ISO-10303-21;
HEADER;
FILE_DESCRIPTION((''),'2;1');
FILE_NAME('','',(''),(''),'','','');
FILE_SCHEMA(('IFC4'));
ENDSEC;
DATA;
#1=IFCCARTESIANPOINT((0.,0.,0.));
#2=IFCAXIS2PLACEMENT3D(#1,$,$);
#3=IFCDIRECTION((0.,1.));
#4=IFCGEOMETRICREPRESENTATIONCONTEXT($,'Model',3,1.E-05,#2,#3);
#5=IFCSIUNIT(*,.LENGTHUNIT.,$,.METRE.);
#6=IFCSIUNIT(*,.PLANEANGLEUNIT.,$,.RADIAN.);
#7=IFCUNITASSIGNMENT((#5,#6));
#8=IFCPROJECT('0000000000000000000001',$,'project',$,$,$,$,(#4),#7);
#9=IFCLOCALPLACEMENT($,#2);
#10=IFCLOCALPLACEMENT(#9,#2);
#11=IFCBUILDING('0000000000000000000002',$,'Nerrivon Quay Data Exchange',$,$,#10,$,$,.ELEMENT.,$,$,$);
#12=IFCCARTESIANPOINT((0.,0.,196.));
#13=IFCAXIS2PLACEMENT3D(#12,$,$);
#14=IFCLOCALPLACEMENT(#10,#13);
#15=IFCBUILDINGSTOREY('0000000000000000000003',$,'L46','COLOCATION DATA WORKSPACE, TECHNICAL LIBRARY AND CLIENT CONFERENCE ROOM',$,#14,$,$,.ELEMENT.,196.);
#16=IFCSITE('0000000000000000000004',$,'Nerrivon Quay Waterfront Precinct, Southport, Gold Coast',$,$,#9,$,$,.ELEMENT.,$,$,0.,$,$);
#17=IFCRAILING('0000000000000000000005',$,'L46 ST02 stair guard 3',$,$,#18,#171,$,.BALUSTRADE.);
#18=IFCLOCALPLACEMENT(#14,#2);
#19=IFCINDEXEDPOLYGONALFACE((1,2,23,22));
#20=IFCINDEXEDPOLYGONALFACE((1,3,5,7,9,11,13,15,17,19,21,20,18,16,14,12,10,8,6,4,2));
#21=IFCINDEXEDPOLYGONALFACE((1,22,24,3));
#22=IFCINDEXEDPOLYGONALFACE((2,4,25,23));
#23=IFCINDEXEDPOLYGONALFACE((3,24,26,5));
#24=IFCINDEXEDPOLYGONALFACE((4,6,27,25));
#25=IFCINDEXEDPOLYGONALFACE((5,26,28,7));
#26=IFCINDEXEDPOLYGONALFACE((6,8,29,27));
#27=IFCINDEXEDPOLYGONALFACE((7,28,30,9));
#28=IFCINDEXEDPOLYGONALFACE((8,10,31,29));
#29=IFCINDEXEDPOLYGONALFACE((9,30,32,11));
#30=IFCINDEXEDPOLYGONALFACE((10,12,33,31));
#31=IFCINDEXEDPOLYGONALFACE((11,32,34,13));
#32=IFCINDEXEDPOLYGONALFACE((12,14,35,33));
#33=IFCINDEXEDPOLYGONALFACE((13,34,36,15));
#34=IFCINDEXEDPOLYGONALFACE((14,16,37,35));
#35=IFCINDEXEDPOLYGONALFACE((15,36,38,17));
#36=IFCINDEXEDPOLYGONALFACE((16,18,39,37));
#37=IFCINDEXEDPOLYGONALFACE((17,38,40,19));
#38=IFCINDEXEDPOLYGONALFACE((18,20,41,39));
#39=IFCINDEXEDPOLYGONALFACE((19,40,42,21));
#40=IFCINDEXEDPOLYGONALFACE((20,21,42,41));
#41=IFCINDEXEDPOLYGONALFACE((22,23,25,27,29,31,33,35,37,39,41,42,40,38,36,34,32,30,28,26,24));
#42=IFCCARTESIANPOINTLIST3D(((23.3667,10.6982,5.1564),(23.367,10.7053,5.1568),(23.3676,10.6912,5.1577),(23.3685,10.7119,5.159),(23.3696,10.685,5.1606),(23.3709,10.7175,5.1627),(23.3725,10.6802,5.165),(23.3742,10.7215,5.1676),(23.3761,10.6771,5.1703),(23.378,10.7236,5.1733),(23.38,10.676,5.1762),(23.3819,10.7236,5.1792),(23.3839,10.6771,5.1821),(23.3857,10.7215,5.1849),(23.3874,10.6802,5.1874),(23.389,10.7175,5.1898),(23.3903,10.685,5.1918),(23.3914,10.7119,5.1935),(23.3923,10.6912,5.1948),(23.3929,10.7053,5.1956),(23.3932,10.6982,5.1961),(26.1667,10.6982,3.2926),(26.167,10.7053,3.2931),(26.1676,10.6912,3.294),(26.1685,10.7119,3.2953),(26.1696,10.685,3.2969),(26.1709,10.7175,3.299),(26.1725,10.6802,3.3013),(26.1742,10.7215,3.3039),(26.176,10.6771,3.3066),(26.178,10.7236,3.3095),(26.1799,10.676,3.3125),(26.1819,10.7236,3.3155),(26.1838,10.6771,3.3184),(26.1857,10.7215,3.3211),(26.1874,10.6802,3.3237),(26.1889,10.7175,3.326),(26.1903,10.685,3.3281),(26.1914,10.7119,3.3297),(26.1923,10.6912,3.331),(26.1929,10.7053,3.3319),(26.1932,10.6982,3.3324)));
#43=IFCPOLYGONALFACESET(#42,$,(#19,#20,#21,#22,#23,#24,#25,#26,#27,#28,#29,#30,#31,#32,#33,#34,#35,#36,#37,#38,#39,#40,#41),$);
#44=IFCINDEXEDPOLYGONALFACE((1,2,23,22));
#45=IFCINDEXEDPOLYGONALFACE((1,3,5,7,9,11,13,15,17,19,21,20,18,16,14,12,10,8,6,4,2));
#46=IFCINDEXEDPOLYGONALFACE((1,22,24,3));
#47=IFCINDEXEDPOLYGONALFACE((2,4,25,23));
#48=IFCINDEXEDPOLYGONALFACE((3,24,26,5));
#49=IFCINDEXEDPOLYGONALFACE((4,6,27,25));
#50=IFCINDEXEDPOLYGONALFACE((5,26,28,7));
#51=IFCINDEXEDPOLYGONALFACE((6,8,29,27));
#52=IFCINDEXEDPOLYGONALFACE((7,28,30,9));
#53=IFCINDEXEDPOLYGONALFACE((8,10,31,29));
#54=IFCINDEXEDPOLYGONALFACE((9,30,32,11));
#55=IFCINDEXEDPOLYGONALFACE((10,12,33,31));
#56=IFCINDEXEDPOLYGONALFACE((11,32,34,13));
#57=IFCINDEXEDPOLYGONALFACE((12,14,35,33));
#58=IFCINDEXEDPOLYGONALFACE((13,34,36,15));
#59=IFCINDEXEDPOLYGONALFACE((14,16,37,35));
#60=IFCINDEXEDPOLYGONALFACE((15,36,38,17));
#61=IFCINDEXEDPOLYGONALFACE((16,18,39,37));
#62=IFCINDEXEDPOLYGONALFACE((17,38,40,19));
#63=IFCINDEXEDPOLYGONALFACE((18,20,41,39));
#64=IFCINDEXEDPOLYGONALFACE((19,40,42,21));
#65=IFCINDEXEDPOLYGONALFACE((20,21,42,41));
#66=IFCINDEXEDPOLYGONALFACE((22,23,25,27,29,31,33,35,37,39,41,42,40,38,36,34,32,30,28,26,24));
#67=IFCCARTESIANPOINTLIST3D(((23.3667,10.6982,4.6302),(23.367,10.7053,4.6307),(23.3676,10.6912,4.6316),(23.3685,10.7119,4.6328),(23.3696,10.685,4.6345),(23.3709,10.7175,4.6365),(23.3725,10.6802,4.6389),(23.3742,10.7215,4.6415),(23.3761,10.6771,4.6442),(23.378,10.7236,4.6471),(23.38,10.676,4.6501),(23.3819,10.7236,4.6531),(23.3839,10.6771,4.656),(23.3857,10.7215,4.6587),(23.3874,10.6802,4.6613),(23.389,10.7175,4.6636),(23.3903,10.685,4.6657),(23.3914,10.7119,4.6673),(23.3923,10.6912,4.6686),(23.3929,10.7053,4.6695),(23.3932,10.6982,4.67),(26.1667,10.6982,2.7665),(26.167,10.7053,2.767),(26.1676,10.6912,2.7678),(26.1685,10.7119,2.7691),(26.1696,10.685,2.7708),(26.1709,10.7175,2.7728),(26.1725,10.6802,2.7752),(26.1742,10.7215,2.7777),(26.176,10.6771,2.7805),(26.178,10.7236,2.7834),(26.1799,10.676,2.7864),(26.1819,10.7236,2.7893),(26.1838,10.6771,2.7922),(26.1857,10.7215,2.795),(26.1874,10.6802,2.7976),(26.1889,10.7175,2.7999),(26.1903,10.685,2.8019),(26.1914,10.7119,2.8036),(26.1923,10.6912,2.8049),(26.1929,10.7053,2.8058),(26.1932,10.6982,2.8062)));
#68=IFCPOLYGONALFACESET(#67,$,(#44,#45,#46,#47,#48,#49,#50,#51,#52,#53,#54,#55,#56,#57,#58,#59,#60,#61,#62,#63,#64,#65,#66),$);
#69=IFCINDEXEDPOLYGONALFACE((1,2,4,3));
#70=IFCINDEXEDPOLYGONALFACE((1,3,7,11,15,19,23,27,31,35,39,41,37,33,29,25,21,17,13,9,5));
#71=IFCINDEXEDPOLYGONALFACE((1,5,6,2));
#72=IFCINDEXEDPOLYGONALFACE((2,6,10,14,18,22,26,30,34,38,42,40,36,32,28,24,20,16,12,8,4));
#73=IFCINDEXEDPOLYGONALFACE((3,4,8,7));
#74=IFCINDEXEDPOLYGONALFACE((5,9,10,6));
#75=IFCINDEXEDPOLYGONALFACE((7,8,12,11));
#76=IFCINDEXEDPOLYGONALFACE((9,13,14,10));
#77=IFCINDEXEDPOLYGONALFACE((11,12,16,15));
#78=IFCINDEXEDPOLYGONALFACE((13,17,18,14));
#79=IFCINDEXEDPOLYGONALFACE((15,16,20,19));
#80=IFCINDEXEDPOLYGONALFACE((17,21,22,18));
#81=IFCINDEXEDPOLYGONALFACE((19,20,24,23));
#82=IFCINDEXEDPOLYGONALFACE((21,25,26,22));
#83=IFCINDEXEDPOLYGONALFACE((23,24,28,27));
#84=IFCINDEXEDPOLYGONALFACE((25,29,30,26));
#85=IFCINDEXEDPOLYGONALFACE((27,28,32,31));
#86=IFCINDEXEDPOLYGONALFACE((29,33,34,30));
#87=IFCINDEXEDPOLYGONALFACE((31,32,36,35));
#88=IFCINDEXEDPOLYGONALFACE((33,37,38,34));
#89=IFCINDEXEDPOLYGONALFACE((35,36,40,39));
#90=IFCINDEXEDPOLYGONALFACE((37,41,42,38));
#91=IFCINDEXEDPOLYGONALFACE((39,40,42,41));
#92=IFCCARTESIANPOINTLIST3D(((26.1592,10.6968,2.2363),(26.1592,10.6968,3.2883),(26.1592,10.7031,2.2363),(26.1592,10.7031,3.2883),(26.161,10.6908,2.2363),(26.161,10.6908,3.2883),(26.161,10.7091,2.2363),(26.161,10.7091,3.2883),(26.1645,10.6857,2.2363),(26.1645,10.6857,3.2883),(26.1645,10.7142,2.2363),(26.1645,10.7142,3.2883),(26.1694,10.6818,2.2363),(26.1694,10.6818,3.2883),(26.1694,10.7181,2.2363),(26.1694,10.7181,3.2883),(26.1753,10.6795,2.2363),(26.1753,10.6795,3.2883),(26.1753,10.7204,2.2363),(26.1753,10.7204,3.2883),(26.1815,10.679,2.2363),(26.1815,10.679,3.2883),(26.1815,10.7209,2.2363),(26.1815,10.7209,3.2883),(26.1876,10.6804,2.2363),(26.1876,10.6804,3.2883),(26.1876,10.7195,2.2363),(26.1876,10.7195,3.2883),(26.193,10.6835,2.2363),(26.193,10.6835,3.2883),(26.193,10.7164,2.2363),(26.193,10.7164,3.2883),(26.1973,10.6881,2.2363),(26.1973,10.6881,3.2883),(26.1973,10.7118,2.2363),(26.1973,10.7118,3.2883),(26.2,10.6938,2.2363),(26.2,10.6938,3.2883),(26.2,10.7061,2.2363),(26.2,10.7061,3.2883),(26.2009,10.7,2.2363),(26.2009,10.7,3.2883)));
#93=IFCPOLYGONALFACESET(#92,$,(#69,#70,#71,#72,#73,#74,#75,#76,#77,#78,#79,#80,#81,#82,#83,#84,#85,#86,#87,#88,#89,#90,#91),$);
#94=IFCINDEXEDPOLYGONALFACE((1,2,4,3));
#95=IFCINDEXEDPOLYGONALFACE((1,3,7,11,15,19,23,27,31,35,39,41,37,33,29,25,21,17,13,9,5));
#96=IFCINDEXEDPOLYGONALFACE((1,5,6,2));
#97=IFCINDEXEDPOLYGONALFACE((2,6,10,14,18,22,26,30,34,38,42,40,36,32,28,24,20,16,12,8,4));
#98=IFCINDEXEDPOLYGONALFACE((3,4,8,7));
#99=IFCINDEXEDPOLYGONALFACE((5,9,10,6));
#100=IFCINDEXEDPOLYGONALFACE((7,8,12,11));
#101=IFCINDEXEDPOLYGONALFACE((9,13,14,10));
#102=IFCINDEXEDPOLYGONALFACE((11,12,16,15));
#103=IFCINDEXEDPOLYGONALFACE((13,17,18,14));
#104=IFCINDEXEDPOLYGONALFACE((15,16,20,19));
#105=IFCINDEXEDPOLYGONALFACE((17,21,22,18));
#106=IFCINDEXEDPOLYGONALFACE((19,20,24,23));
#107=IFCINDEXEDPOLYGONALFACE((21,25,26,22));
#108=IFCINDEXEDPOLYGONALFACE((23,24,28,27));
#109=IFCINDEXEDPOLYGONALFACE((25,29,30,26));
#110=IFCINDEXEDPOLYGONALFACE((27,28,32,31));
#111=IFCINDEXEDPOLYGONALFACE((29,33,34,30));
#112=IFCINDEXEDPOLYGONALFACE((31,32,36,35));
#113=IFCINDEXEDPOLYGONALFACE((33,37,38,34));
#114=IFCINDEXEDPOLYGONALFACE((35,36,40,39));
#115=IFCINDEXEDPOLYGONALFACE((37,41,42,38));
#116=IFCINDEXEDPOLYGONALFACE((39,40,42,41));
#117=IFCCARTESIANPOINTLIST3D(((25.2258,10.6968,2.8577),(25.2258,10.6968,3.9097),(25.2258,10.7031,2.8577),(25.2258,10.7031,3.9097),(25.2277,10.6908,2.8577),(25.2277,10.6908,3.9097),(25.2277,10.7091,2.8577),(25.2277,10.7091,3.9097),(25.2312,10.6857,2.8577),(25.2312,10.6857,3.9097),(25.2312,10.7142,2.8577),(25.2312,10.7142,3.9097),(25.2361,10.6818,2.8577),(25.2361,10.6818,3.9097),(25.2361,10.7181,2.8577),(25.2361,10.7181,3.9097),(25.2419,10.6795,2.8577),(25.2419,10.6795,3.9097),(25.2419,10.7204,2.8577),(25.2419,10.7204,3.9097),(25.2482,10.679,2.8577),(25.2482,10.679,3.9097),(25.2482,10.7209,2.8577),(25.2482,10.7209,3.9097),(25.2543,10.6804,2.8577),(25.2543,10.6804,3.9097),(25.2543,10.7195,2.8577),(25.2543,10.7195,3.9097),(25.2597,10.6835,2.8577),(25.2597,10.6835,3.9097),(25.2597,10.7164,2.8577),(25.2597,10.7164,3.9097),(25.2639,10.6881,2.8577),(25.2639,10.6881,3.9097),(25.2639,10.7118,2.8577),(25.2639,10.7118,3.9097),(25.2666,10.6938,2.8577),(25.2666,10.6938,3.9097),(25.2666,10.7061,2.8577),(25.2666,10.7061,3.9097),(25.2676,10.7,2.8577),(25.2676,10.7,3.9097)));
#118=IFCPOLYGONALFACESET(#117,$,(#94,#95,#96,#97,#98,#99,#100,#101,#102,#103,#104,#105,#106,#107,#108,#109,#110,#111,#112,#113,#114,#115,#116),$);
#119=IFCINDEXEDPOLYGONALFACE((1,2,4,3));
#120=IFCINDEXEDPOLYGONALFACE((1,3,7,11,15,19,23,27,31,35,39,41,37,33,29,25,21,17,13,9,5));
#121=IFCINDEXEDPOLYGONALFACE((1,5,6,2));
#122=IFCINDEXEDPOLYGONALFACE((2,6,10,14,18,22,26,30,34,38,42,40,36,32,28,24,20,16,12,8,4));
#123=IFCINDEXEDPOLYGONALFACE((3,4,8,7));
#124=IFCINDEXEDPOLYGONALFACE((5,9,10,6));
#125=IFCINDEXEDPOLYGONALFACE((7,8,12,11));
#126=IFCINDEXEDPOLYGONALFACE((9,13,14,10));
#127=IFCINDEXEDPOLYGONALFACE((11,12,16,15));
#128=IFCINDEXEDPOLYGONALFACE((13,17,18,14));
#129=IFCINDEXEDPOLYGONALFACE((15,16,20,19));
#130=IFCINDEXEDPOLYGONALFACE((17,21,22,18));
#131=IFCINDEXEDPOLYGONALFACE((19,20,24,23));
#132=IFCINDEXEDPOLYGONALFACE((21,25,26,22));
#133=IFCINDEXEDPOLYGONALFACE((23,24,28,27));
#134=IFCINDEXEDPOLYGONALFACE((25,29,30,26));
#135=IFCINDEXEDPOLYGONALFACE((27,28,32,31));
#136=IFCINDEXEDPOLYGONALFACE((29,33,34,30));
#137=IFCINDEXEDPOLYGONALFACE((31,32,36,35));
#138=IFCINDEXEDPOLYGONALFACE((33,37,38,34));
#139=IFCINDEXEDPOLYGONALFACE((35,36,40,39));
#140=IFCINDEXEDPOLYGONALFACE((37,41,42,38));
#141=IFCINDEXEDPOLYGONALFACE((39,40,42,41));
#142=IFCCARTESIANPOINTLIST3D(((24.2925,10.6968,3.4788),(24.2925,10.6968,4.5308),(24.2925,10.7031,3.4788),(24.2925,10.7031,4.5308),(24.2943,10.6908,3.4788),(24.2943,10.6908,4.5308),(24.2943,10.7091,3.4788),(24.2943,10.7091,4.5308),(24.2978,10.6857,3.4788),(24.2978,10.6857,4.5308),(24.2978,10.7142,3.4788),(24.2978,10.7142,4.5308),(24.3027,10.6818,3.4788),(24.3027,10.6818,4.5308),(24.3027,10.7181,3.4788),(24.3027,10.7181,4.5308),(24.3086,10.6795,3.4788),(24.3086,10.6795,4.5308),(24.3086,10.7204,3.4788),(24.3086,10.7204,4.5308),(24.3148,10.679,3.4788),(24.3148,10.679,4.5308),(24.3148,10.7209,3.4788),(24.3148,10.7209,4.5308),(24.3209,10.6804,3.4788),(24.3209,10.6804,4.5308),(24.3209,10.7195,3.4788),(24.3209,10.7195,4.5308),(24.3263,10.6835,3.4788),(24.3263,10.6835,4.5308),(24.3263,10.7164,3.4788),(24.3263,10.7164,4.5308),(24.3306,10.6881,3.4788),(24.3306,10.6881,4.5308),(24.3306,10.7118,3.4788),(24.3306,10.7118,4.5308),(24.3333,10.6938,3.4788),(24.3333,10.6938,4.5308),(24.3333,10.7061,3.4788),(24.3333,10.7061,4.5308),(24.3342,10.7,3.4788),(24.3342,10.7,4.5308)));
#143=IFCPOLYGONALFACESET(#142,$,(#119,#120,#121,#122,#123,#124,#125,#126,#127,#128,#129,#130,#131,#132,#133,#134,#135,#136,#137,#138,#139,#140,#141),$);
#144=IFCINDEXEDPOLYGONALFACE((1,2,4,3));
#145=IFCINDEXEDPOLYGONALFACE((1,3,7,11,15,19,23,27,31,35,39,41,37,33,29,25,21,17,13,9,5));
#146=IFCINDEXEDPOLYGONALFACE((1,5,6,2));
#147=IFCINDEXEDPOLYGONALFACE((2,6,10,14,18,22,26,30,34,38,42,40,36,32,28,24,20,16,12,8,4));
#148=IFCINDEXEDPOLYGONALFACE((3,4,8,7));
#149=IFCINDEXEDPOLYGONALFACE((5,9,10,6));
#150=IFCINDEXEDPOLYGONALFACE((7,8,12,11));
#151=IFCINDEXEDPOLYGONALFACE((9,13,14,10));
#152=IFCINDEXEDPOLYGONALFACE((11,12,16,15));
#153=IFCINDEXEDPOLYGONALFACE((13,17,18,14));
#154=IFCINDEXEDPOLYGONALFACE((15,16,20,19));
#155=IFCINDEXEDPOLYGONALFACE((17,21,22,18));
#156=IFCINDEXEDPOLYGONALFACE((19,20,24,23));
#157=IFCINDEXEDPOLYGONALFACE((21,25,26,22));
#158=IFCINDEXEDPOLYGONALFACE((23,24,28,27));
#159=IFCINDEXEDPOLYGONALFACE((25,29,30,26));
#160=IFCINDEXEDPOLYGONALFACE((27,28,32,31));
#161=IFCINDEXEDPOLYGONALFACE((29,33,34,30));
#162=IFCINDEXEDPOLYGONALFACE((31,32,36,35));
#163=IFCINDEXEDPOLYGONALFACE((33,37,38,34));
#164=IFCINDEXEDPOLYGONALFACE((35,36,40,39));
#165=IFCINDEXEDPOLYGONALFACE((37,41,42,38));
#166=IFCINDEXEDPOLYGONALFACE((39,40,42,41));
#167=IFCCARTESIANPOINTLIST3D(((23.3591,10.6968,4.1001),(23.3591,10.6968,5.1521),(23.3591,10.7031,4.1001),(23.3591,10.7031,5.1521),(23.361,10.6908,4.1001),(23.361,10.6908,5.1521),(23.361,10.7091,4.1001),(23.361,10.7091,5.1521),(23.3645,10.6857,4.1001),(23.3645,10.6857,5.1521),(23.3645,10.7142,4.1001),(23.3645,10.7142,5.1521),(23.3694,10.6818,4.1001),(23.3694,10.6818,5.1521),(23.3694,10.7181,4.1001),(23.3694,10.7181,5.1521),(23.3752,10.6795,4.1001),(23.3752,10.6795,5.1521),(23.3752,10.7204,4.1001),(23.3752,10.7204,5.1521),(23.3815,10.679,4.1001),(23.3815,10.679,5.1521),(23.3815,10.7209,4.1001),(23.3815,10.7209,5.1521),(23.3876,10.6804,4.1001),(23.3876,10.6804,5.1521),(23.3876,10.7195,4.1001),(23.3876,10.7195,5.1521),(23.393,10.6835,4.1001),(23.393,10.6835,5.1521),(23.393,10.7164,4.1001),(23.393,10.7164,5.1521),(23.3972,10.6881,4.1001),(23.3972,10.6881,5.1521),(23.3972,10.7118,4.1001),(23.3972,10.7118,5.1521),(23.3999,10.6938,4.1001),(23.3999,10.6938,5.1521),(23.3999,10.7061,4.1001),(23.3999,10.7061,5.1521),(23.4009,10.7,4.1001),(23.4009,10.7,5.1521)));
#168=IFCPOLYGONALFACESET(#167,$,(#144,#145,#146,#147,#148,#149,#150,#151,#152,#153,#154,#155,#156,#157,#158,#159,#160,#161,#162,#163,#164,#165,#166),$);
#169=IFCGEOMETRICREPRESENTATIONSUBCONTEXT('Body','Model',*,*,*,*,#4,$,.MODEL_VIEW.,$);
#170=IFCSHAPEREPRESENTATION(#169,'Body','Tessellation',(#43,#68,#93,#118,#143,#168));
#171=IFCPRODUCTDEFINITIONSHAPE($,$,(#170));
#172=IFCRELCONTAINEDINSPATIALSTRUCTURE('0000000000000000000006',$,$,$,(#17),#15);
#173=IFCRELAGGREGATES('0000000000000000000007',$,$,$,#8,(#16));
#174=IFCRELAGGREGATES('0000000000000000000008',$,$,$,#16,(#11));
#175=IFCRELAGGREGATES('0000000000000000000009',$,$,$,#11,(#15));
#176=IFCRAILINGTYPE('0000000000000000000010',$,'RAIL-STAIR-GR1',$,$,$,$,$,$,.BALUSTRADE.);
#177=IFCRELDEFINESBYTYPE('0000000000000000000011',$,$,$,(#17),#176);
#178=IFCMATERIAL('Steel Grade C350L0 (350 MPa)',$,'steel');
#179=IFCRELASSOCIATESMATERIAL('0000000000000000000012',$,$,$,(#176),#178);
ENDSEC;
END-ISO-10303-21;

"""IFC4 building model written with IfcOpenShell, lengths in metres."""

from ifc_helpers import new_model, si_unit, direction, frame, origin, origin_2d, place, context, subcontext, project, spatial, circle, extrude, material, type_object, element, save


model = new_model("IFC4")

# Units and contexts
model_context = context("Model", 3, precision=1e-05, world=origin(), true_north=direction((0.0, 1.0)))
body_context = subcontext(model_context, "Body", "Model", "MODEL_VIEW")
ifc_project = project(units=[si_unit("LENGTHUNIT", "METRE"), si_unit("PLANEANGLEUNIT", "RADIAN")], contexts=[model_context])

# Site, building, storey
site_placement = place(None, origin())
site = spatial("IfcSite", under=ifc_project, at=site_placement, Name="Nerrivon Quay Waterfront Precinct, Southport, Gold Coast", CompositionType="ELEMENT", RefElevation=0.0)
building_placement = place(site_placement, origin())
building = spatial("IfcBuilding", under=site, at=building_placement, Name="Nerrivon Quay Data Exchange", CompositionType="ELEMENT")
storey_placement = place(building_placement, frame((0.0, 0.0, 196.0)))
storey = spatial("IfcBuildingStorey", under=building, at=storey_placement, Name="L46", Description="COLOCATION DATA WORKSPACE, TECHNICAL LIBRARY AND CLIENT CONFERENCE ROOM", CompositionType="ELEMENT", Elevation=196.0)

# Shared definitions
ifc_material_1 = material(Name="Steel Grade C350L0 (350 MPa)", Category="steel")

# Railing
railing_type_1 = type_object("IfcRailingType", Name="RAIL-STAIR-GR1", PredefinedType="BALUSTRADE", material=ifc_material_1)
railing_1_placement = place(storey_placement, frame((26.1799, 10.7, 2.2363)))
element("IfcRailing", 1, at=railing_1_placement, inside=storey, type_object=railing_type_1, Name="L46 ST02 stair guard 3", PredefinedType="BALUSTRADE", context=body_context, shape_type="SweptSolid", body=[
    extrude(circle(Radius=0.0239, at=origin_2d()), frame((0.0, 0.0, 1.0762), z_axis=(-0.832452, 0.0, 0.554097), x_axis=(0.0, -1.0, 0.0)), (0.0, 0.0, 1.0), 3.3635),
    extrude(circle(Radius=0.0239, at=origin_2d()), frame((0.0, 0.0, 0.55), z_axis=(-0.832452, 0.0, 0.554097), x_axis=(0.0, -1.0, 0.0)), (0.0, 0.0, 1.0), 3.3635),
    extrude(circle(Radius=0.021, at=origin_2d()), origin(), (0.0, 0.0, 1.0), 1.052),
    extrude(circle(Radius=0.021, at=origin_2d()), frame((-0.9333, 0.0, 0.6213)), (0.0, 0.0, 1.0), 1.052),
    extrude(circle(Radius=0.021, at=origin_2d()), frame((-1.8667, 0.0, 1.2424)), (0.0, 0.0, 1.0), 1.052),
    extrude(circle(Radius=0.021, at=origin_2d()), frame((-2.8, 0.0, 1.8638)), (0.0, 0.0, 1.0), 1.052),
])

save(model, "model.ifc")
